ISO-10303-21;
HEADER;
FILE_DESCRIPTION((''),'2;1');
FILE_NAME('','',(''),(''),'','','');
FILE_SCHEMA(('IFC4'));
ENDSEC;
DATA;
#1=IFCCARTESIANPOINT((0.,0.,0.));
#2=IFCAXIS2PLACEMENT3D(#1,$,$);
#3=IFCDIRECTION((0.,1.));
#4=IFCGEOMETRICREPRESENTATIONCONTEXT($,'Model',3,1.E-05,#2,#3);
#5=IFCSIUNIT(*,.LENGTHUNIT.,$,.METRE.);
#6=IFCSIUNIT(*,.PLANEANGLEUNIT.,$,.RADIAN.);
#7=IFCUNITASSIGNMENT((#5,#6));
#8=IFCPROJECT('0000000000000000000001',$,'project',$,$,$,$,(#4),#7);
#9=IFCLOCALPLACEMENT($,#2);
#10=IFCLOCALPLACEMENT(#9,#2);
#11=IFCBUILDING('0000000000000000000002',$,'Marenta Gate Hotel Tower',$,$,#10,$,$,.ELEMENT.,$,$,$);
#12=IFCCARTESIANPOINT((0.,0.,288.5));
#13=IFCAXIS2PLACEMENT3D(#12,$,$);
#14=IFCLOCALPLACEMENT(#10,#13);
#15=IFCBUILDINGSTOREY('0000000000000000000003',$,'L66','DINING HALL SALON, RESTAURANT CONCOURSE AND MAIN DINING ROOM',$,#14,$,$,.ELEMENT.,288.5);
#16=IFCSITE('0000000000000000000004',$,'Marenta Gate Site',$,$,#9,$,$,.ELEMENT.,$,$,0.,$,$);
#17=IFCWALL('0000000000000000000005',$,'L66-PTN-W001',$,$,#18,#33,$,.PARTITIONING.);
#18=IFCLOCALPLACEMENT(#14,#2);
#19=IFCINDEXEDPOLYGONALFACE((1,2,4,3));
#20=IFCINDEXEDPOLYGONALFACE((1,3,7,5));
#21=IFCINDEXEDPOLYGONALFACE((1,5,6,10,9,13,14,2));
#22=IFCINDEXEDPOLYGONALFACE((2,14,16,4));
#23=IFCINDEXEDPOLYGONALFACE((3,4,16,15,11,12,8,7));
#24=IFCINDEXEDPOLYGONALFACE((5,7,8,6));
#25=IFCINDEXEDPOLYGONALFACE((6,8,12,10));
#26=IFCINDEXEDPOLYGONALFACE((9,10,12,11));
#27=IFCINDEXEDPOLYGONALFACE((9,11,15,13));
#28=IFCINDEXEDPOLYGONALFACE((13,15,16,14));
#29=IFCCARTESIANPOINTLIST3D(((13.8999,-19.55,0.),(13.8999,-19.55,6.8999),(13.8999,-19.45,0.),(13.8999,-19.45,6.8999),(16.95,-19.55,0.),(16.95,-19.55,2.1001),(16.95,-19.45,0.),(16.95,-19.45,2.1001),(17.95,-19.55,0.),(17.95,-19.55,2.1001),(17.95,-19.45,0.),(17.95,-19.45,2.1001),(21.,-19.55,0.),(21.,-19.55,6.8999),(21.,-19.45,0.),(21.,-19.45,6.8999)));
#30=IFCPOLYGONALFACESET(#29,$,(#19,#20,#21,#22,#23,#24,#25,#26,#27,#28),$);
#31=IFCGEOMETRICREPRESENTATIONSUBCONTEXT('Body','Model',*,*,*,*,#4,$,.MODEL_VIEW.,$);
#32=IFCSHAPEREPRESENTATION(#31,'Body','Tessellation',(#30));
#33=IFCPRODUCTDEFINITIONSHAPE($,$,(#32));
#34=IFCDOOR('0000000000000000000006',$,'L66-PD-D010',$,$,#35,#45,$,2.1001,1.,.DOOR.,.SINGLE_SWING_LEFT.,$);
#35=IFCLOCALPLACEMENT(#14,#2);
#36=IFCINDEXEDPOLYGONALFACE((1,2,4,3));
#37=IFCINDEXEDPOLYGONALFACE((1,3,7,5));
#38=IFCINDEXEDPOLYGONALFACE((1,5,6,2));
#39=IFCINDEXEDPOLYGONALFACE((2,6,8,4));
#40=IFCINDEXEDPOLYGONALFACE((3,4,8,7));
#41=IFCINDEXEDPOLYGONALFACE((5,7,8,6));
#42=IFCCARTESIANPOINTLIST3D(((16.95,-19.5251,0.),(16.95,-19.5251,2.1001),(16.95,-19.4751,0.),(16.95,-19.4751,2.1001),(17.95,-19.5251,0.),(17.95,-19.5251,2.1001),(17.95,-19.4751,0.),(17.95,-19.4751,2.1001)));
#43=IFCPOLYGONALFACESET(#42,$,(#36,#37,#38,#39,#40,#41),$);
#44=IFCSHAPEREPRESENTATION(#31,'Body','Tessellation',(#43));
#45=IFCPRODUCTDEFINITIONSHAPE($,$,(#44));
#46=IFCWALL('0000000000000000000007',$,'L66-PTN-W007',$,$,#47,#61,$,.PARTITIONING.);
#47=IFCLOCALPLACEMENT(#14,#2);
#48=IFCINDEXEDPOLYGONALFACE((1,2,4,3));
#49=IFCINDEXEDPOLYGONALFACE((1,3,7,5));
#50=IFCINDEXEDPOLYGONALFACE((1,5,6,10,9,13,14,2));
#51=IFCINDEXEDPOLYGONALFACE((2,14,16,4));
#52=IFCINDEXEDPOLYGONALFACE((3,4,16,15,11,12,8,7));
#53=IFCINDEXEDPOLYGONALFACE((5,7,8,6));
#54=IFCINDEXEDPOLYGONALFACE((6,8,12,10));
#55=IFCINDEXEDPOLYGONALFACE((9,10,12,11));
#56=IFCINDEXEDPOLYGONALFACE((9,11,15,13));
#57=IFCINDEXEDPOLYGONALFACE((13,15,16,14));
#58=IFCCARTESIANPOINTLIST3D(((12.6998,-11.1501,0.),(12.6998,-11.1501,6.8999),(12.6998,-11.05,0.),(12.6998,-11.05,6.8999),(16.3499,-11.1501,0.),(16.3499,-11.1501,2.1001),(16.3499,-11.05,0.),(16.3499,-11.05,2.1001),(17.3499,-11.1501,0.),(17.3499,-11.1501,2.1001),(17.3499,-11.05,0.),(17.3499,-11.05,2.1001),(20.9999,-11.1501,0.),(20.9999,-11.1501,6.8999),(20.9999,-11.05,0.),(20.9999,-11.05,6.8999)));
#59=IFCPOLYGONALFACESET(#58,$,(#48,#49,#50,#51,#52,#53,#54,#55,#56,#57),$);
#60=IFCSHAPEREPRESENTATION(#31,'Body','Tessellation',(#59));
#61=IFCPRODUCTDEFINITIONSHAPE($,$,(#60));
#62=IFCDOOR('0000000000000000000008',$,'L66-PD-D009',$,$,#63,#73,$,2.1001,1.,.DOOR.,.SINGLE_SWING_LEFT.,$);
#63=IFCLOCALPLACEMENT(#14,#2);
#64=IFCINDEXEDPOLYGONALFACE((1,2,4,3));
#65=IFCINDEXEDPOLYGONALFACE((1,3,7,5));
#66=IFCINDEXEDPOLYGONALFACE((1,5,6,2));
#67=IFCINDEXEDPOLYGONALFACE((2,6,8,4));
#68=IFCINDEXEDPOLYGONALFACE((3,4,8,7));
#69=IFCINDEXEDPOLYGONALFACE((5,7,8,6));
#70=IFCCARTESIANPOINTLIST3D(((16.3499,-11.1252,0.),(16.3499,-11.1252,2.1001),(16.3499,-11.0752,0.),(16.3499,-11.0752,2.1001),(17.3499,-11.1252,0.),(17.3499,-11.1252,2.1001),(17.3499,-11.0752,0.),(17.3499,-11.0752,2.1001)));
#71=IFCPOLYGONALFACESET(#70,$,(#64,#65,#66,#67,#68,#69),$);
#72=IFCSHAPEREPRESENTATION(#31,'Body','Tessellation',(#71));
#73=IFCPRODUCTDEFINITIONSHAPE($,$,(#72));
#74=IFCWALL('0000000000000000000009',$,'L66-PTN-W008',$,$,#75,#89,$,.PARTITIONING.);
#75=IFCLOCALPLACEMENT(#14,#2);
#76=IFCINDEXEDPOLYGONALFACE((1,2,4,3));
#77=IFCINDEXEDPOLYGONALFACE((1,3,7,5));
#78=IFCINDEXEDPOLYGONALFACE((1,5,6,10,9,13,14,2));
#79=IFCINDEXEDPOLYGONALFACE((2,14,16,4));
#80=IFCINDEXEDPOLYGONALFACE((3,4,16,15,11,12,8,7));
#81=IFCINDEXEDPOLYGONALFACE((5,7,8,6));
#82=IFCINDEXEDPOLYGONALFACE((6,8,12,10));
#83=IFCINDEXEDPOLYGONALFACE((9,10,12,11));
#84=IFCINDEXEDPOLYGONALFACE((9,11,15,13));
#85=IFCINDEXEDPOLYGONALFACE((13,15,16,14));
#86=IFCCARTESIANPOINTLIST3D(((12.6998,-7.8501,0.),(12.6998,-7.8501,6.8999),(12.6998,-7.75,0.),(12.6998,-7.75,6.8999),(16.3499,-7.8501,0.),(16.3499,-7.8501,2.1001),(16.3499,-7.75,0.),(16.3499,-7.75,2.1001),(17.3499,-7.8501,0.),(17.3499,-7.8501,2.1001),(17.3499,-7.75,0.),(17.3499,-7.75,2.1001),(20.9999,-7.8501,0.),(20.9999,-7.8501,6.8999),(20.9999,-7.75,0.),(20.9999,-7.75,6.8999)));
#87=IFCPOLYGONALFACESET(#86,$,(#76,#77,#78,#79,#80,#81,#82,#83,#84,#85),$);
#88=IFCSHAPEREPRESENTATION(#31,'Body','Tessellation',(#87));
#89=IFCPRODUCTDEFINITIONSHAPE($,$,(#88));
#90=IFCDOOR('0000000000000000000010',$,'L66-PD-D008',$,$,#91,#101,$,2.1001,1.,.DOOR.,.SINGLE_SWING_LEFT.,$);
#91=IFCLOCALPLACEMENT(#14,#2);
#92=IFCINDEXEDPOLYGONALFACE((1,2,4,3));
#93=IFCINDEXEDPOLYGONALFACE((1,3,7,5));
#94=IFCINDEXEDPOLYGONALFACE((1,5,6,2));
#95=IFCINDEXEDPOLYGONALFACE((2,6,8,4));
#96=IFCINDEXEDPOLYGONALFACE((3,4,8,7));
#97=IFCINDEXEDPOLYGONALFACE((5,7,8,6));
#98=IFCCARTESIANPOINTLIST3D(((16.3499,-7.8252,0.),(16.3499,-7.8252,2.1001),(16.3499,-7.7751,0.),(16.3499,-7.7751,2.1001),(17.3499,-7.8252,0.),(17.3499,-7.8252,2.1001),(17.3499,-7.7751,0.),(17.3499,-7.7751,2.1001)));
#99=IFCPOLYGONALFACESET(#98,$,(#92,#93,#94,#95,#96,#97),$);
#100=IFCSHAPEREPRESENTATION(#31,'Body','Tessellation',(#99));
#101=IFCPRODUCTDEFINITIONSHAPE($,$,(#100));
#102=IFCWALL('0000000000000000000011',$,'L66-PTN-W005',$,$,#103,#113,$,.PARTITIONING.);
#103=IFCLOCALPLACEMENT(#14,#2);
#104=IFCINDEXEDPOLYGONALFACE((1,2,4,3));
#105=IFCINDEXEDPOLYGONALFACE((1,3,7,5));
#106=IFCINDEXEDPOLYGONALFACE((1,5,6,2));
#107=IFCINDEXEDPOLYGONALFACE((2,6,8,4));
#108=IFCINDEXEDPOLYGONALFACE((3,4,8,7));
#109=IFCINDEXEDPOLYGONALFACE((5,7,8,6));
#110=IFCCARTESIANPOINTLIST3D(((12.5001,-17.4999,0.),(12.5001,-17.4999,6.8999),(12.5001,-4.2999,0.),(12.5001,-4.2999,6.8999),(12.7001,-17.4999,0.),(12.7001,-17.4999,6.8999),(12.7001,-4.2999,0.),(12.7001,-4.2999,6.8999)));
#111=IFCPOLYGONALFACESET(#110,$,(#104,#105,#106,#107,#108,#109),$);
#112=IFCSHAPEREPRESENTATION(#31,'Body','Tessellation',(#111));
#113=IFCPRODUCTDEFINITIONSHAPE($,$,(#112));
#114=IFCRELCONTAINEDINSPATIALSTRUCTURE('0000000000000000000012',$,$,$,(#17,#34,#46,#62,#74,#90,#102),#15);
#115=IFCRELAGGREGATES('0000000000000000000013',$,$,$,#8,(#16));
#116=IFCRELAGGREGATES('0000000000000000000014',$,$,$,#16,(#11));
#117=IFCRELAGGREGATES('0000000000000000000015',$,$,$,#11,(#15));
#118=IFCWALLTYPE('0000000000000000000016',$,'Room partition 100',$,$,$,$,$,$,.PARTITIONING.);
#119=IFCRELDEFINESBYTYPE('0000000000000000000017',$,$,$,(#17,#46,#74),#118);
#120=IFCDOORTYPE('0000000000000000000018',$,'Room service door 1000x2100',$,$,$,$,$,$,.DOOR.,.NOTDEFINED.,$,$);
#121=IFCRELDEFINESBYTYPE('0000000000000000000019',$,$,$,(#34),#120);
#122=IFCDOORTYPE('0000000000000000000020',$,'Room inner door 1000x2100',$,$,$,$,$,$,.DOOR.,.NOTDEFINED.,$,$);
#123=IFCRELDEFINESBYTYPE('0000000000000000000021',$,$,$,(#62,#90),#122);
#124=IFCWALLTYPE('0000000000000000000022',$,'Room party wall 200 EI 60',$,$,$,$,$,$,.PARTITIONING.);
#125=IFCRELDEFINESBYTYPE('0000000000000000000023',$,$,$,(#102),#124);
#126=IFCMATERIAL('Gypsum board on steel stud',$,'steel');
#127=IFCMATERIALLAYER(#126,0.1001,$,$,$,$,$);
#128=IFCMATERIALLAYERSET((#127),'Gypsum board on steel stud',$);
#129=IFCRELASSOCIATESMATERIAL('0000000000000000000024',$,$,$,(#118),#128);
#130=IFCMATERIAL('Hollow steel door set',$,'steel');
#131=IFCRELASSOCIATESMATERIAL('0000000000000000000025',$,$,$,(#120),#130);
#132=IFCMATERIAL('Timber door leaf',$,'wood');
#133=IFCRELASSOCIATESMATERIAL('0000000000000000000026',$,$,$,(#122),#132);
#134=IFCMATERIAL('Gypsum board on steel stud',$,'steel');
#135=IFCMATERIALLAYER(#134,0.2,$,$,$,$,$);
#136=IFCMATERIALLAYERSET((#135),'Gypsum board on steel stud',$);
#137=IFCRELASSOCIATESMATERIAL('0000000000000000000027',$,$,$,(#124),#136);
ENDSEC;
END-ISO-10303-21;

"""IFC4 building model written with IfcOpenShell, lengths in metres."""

from ifc_helpers import new_model, si_unit, direction, frame, frame_2d, origin, place, context, subcontext, project, spatial, rectangle, extrude, material, layer, layer_set, type_object, element, fill, save


model = new_model("IFC4")

# Units and contexts
model_context = context("Model", 3, precision=1e-05, world=origin(), true_north=direction((0.0, 1.0)))
body_context = subcontext(model_context, "Body", "Model", "MODEL_VIEW")
ifc_project = project(units=[si_unit("LENGTHUNIT", "METRE"), si_unit("PLANEANGLEUNIT", "RADIAN")], contexts=[model_context])

# Site, building, storey
site_placement = place(None, origin())
site = spatial("IfcSite", under=ifc_project, at=site_placement, Name="Marenta Gate Site", CompositionType="ELEMENT", RefElevation=0.0)
building_placement = place(site_placement, origin())
building = spatial("IfcBuilding", under=site, at=building_placement, Name="Marenta Gate Hotel Tower", CompositionType="ELEMENT")
storey_placement = place(building_placement, frame((0.0, 0.0, 288.5)))
storey = spatial("IfcBuildingStorey", under=building, at=storey_placement, Name="L66", Description="DINING HALL SALON, RESTAURANT CONCOURSE AND MAIN DINING ROOM", CompositionType="ELEMENT", Elevation=288.5)

# Walls, openings, doors
ifc_material_1 = material(Name="Gypsum board on steel stud", Category="steel")
ifc_layer_1 = layer(ifc_material_1, 0.1001)
ifc_layer_set_1 = layer_set([ifc_layer_1], Name="Gypsum board on steel stud")
wall_type_1 = type_object("IfcWallType", Name="Room partition 100", PredefinedType="PARTITIONING", material=ifc_layer_set_1)
wall_1_placement = place(storey_placement, frame((13.8999, -19.5, 0.0), z_axis=(0.0, 0.0, 1.0), x_axis=(1.0, 0.0, 0.0)))
wall_1 = element("IfcWall", 1, at=wall_1_placement, inside=storey, type_object=wall_type_1, Name="L66-PTN-W001", PredefinedType="PARTITIONING", context=body_context, shape_type="SweptSolid", body=[
    extrude(rectangle(XDim=7.1001, YDim=0.1001, at=frame_2d((3.55, 0.0))), origin(), (0.0, 0.0, 1.0), 6.8999),
])
opening_1_placement = place(wall_1_placement, frame((3.05, 0.0, 0.0)))
opening_1 = element("IfcOpeningElement", 2, at=opening_1_placement, cuts=wall_1, PredefinedType="OPENING", context=body_context, shape_type="SweptSolid", body=[
    extrude(rectangle(XDim=1.0, YDim=2.1001, at=frame_2d((0.5, 1.05))), frame((0.0, 0.05, 0.0), z_axis=(0.0, -1.0, 0.0), x_axis=(1.0, 0.0, 0.0)), (0.0, 0.0, 1.0), 0.1001),
])
ifc_material_2 = material(Name="Hollow steel door set", Category="steel")
door_type_1 = type_object("IfcDoorType", Name="Room service door 1000x2100", OperationType="NOTDEFINED", PredefinedType="DOOR", material=ifc_material_2)
door_1_placement = place(opening_1_placement, origin())
door_1 = element("IfcDoor", 3, at=door_1_placement, inside=storey, type_object=door_type_1, Name="L66-PD-D010", OperationType="SINGLE_SWING_LEFT", OverallHeight=2.1001, OverallWidth=1.0, PredefinedType="DOOR", context=body_context, shape_type="SweptSolid", body=[
    extrude(rectangle(XDim=1.0, YDim=2.1001, at=frame_2d((0.5, 1.05))), frame((0.0, 0.0249, 0.0), z_axis=(0.0, -1.0, 0.0), x_axis=(1.0, 0.0, 0.0)), (0.0, 0.0, 1.0), 0.05),
])
fill(opening_1, door_1)
wall_2_placement = place(storey_placement, frame((12.7, -11.1001, 0.0), z_axis=(0.0, 0.0, 1.0), x_axis=(1.0, 0.0, 0.0)))
wall_2 = element("IfcWall", 4, at=wall_2_placement, inside=storey, type_object=wall_type_1, Name="L66-PTN-W007", PredefinedType="PARTITIONING", context=body_context, shape_type="SweptSolid", body=[
    extrude(rectangle(XDim=8.3, YDim=0.1001, at=frame_2d((4.1499, 0.0))), origin(), (0.0, 0.0, 1.0), 6.8999),
])
opening_2_placement = place(wall_2_placement, frame((3.6499, 0.0, 0.0)))
opening_2 = element("IfcOpeningElement", 5, at=opening_2_placement, cuts=wall_2, PredefinedType="OPENING", context=body_context, shape_type="SweptSolid", body=[
    extrude(rectangle(XDim=1.0, YDim=2.1001, at=frame_2d((0.5, 1.05))), frame((0.0, 0.05, 0.0), z_axis=(0.0, -1.0, 0.0), x_axis=(1.0, 0.0, 0.0)), (0.0, 0.0, 1.0), 0.1001),
])
ifc_material_3 = material(Name="Timber door leaf", Category="wood")
door_type_2 = type_object("IfcDoorType", Name="Room inner door 1000x2100", OperationType="NOTDEFINED", PredefinedType="DOOR", material=ifc_material_3)
door_2_placement = place(opening_2_placement, origin())
door_2 = element("IfcDoor", 6, at=door_2_placement, inside=storey, type_object=door_type_2, Name="L66-PD-D009", OperationType="SINGLE_SWING_LEFT", OverallHeight=2.1001, OverallWidth=1.0, PredefinedType="DOOR", context=body_context, shape_type="SweptSolid", body=[
    extrude(rectangle(XDim=1.0, YDim=2.1001, at=frame_2d((0.5, 1.05))), frame((0.0, 0.0249, 0.0), z_axis=(0.0, -1.0, 0.0), x_axis=(1.0, 0.0, 0.0)), (0.0, 0.0, 1.0), 0.05),
])
fill(opening_2, door_2)
wall_3_placement = place(storey_placement, frame((12.7, -7.8, 0.0), z_axis=(0.0, 0.0, 1.0), x_axis=(1.0, 0.0, 0.0)))
wall_3 = element("IfcWall", 7, at=wall_3_placement, inside=storey, type_object=wall_type_1, Name="L66-PTN-W008", PredefinedType="PARTITIONING", context=body_context, shape_type="SweptSolid", body=[
    extrude(rectangle(XDim=8.3, YDim=0.1001, at=frame_2d((4.1499, 0.0))), origin(), (0.0, 0.0, 1.0), 6.8999),
])
opening_3_placement = place(wall_3_placement, frame((3.6499, 0.0, 0.0)))
opening_3 = element("IfcOpeningElement", 8, at=opening_3_placement, cuts=wall_3, PredefinedType="OPENING", context=body_context, shape_type="SweptSolid", body=[
    extrude(rectangle(XDim=1.0, YDim=2.1001, at=frame_2d((0.5, 1.05))), frame((0.0, 0.05, 0.0), z_axis=(0.0, -1.0, 0.0), x_axis=(1.0, 0.0, 0.0)), (0.0, 0.0, 1.0), 0.1001),
])
door_3_placement = place(opening_3_placement, origin())
door_3 = element("IfcDoor", 9, at=door_3_placement, inside=storey, type_object=door_type_2, Name="L66-PD-D008", OperationType="SINGLE_SWING_LEFT", OverallHeight=2.1001, OverallWidth=1.0, PredefinedType="DOOR", context=body_context, shape_type="SweptSolid", body=[
    extrude(rectangle(XDim=1.0, YDim=2.1001, at=frame_2d((0.5, 1.05))), frame((0.0, 0.0249, 0.0), z_axis=(0.0, -1.0, 0.0), x_axis=(1.0, 0.0, 0.0)), (0.0, 0.0, 1.0), 0.05),
])
fill(opening_3, door_3)

# Wall
ifc_material_4 = material(Name="Gypsum board on steel stud", Category="steel")
ifc_layer_2 = layer(ifc_material_4, 0.2)
ifc_layer_set_2 = layer_set([ifc_layer_2], Name="Gypsum board on steel stud")
wall_type_2 = type_object("IfcWallType", Name="Room party wall 200 EI 60", PredefinedType="PARTITIONING", material=ifc_layer_set_2)
wall_4_placement = place(storey_placement, frame((12.6001, -17.5, 0.0), z_axis=(0.0, 0.0, 1.0), x_axis=(0.0, 1.0, 0.0)))
element("IfcWall", 10, at=wall_4_placement, inside=storey, type_object=wall_type_2, Name="L66-PTN-W005", PredefinedType="PARTITIONING", context=body_context, shape_type="SweptSolid", body=[
    extrude(rectangle(XDim=13.2, YDim=0.2, at=frame_2d((6.6001, 0.0))), origin(), (0.0, 0.0, 1.0), 6.8999),
])

save(model, "model.ifc")
